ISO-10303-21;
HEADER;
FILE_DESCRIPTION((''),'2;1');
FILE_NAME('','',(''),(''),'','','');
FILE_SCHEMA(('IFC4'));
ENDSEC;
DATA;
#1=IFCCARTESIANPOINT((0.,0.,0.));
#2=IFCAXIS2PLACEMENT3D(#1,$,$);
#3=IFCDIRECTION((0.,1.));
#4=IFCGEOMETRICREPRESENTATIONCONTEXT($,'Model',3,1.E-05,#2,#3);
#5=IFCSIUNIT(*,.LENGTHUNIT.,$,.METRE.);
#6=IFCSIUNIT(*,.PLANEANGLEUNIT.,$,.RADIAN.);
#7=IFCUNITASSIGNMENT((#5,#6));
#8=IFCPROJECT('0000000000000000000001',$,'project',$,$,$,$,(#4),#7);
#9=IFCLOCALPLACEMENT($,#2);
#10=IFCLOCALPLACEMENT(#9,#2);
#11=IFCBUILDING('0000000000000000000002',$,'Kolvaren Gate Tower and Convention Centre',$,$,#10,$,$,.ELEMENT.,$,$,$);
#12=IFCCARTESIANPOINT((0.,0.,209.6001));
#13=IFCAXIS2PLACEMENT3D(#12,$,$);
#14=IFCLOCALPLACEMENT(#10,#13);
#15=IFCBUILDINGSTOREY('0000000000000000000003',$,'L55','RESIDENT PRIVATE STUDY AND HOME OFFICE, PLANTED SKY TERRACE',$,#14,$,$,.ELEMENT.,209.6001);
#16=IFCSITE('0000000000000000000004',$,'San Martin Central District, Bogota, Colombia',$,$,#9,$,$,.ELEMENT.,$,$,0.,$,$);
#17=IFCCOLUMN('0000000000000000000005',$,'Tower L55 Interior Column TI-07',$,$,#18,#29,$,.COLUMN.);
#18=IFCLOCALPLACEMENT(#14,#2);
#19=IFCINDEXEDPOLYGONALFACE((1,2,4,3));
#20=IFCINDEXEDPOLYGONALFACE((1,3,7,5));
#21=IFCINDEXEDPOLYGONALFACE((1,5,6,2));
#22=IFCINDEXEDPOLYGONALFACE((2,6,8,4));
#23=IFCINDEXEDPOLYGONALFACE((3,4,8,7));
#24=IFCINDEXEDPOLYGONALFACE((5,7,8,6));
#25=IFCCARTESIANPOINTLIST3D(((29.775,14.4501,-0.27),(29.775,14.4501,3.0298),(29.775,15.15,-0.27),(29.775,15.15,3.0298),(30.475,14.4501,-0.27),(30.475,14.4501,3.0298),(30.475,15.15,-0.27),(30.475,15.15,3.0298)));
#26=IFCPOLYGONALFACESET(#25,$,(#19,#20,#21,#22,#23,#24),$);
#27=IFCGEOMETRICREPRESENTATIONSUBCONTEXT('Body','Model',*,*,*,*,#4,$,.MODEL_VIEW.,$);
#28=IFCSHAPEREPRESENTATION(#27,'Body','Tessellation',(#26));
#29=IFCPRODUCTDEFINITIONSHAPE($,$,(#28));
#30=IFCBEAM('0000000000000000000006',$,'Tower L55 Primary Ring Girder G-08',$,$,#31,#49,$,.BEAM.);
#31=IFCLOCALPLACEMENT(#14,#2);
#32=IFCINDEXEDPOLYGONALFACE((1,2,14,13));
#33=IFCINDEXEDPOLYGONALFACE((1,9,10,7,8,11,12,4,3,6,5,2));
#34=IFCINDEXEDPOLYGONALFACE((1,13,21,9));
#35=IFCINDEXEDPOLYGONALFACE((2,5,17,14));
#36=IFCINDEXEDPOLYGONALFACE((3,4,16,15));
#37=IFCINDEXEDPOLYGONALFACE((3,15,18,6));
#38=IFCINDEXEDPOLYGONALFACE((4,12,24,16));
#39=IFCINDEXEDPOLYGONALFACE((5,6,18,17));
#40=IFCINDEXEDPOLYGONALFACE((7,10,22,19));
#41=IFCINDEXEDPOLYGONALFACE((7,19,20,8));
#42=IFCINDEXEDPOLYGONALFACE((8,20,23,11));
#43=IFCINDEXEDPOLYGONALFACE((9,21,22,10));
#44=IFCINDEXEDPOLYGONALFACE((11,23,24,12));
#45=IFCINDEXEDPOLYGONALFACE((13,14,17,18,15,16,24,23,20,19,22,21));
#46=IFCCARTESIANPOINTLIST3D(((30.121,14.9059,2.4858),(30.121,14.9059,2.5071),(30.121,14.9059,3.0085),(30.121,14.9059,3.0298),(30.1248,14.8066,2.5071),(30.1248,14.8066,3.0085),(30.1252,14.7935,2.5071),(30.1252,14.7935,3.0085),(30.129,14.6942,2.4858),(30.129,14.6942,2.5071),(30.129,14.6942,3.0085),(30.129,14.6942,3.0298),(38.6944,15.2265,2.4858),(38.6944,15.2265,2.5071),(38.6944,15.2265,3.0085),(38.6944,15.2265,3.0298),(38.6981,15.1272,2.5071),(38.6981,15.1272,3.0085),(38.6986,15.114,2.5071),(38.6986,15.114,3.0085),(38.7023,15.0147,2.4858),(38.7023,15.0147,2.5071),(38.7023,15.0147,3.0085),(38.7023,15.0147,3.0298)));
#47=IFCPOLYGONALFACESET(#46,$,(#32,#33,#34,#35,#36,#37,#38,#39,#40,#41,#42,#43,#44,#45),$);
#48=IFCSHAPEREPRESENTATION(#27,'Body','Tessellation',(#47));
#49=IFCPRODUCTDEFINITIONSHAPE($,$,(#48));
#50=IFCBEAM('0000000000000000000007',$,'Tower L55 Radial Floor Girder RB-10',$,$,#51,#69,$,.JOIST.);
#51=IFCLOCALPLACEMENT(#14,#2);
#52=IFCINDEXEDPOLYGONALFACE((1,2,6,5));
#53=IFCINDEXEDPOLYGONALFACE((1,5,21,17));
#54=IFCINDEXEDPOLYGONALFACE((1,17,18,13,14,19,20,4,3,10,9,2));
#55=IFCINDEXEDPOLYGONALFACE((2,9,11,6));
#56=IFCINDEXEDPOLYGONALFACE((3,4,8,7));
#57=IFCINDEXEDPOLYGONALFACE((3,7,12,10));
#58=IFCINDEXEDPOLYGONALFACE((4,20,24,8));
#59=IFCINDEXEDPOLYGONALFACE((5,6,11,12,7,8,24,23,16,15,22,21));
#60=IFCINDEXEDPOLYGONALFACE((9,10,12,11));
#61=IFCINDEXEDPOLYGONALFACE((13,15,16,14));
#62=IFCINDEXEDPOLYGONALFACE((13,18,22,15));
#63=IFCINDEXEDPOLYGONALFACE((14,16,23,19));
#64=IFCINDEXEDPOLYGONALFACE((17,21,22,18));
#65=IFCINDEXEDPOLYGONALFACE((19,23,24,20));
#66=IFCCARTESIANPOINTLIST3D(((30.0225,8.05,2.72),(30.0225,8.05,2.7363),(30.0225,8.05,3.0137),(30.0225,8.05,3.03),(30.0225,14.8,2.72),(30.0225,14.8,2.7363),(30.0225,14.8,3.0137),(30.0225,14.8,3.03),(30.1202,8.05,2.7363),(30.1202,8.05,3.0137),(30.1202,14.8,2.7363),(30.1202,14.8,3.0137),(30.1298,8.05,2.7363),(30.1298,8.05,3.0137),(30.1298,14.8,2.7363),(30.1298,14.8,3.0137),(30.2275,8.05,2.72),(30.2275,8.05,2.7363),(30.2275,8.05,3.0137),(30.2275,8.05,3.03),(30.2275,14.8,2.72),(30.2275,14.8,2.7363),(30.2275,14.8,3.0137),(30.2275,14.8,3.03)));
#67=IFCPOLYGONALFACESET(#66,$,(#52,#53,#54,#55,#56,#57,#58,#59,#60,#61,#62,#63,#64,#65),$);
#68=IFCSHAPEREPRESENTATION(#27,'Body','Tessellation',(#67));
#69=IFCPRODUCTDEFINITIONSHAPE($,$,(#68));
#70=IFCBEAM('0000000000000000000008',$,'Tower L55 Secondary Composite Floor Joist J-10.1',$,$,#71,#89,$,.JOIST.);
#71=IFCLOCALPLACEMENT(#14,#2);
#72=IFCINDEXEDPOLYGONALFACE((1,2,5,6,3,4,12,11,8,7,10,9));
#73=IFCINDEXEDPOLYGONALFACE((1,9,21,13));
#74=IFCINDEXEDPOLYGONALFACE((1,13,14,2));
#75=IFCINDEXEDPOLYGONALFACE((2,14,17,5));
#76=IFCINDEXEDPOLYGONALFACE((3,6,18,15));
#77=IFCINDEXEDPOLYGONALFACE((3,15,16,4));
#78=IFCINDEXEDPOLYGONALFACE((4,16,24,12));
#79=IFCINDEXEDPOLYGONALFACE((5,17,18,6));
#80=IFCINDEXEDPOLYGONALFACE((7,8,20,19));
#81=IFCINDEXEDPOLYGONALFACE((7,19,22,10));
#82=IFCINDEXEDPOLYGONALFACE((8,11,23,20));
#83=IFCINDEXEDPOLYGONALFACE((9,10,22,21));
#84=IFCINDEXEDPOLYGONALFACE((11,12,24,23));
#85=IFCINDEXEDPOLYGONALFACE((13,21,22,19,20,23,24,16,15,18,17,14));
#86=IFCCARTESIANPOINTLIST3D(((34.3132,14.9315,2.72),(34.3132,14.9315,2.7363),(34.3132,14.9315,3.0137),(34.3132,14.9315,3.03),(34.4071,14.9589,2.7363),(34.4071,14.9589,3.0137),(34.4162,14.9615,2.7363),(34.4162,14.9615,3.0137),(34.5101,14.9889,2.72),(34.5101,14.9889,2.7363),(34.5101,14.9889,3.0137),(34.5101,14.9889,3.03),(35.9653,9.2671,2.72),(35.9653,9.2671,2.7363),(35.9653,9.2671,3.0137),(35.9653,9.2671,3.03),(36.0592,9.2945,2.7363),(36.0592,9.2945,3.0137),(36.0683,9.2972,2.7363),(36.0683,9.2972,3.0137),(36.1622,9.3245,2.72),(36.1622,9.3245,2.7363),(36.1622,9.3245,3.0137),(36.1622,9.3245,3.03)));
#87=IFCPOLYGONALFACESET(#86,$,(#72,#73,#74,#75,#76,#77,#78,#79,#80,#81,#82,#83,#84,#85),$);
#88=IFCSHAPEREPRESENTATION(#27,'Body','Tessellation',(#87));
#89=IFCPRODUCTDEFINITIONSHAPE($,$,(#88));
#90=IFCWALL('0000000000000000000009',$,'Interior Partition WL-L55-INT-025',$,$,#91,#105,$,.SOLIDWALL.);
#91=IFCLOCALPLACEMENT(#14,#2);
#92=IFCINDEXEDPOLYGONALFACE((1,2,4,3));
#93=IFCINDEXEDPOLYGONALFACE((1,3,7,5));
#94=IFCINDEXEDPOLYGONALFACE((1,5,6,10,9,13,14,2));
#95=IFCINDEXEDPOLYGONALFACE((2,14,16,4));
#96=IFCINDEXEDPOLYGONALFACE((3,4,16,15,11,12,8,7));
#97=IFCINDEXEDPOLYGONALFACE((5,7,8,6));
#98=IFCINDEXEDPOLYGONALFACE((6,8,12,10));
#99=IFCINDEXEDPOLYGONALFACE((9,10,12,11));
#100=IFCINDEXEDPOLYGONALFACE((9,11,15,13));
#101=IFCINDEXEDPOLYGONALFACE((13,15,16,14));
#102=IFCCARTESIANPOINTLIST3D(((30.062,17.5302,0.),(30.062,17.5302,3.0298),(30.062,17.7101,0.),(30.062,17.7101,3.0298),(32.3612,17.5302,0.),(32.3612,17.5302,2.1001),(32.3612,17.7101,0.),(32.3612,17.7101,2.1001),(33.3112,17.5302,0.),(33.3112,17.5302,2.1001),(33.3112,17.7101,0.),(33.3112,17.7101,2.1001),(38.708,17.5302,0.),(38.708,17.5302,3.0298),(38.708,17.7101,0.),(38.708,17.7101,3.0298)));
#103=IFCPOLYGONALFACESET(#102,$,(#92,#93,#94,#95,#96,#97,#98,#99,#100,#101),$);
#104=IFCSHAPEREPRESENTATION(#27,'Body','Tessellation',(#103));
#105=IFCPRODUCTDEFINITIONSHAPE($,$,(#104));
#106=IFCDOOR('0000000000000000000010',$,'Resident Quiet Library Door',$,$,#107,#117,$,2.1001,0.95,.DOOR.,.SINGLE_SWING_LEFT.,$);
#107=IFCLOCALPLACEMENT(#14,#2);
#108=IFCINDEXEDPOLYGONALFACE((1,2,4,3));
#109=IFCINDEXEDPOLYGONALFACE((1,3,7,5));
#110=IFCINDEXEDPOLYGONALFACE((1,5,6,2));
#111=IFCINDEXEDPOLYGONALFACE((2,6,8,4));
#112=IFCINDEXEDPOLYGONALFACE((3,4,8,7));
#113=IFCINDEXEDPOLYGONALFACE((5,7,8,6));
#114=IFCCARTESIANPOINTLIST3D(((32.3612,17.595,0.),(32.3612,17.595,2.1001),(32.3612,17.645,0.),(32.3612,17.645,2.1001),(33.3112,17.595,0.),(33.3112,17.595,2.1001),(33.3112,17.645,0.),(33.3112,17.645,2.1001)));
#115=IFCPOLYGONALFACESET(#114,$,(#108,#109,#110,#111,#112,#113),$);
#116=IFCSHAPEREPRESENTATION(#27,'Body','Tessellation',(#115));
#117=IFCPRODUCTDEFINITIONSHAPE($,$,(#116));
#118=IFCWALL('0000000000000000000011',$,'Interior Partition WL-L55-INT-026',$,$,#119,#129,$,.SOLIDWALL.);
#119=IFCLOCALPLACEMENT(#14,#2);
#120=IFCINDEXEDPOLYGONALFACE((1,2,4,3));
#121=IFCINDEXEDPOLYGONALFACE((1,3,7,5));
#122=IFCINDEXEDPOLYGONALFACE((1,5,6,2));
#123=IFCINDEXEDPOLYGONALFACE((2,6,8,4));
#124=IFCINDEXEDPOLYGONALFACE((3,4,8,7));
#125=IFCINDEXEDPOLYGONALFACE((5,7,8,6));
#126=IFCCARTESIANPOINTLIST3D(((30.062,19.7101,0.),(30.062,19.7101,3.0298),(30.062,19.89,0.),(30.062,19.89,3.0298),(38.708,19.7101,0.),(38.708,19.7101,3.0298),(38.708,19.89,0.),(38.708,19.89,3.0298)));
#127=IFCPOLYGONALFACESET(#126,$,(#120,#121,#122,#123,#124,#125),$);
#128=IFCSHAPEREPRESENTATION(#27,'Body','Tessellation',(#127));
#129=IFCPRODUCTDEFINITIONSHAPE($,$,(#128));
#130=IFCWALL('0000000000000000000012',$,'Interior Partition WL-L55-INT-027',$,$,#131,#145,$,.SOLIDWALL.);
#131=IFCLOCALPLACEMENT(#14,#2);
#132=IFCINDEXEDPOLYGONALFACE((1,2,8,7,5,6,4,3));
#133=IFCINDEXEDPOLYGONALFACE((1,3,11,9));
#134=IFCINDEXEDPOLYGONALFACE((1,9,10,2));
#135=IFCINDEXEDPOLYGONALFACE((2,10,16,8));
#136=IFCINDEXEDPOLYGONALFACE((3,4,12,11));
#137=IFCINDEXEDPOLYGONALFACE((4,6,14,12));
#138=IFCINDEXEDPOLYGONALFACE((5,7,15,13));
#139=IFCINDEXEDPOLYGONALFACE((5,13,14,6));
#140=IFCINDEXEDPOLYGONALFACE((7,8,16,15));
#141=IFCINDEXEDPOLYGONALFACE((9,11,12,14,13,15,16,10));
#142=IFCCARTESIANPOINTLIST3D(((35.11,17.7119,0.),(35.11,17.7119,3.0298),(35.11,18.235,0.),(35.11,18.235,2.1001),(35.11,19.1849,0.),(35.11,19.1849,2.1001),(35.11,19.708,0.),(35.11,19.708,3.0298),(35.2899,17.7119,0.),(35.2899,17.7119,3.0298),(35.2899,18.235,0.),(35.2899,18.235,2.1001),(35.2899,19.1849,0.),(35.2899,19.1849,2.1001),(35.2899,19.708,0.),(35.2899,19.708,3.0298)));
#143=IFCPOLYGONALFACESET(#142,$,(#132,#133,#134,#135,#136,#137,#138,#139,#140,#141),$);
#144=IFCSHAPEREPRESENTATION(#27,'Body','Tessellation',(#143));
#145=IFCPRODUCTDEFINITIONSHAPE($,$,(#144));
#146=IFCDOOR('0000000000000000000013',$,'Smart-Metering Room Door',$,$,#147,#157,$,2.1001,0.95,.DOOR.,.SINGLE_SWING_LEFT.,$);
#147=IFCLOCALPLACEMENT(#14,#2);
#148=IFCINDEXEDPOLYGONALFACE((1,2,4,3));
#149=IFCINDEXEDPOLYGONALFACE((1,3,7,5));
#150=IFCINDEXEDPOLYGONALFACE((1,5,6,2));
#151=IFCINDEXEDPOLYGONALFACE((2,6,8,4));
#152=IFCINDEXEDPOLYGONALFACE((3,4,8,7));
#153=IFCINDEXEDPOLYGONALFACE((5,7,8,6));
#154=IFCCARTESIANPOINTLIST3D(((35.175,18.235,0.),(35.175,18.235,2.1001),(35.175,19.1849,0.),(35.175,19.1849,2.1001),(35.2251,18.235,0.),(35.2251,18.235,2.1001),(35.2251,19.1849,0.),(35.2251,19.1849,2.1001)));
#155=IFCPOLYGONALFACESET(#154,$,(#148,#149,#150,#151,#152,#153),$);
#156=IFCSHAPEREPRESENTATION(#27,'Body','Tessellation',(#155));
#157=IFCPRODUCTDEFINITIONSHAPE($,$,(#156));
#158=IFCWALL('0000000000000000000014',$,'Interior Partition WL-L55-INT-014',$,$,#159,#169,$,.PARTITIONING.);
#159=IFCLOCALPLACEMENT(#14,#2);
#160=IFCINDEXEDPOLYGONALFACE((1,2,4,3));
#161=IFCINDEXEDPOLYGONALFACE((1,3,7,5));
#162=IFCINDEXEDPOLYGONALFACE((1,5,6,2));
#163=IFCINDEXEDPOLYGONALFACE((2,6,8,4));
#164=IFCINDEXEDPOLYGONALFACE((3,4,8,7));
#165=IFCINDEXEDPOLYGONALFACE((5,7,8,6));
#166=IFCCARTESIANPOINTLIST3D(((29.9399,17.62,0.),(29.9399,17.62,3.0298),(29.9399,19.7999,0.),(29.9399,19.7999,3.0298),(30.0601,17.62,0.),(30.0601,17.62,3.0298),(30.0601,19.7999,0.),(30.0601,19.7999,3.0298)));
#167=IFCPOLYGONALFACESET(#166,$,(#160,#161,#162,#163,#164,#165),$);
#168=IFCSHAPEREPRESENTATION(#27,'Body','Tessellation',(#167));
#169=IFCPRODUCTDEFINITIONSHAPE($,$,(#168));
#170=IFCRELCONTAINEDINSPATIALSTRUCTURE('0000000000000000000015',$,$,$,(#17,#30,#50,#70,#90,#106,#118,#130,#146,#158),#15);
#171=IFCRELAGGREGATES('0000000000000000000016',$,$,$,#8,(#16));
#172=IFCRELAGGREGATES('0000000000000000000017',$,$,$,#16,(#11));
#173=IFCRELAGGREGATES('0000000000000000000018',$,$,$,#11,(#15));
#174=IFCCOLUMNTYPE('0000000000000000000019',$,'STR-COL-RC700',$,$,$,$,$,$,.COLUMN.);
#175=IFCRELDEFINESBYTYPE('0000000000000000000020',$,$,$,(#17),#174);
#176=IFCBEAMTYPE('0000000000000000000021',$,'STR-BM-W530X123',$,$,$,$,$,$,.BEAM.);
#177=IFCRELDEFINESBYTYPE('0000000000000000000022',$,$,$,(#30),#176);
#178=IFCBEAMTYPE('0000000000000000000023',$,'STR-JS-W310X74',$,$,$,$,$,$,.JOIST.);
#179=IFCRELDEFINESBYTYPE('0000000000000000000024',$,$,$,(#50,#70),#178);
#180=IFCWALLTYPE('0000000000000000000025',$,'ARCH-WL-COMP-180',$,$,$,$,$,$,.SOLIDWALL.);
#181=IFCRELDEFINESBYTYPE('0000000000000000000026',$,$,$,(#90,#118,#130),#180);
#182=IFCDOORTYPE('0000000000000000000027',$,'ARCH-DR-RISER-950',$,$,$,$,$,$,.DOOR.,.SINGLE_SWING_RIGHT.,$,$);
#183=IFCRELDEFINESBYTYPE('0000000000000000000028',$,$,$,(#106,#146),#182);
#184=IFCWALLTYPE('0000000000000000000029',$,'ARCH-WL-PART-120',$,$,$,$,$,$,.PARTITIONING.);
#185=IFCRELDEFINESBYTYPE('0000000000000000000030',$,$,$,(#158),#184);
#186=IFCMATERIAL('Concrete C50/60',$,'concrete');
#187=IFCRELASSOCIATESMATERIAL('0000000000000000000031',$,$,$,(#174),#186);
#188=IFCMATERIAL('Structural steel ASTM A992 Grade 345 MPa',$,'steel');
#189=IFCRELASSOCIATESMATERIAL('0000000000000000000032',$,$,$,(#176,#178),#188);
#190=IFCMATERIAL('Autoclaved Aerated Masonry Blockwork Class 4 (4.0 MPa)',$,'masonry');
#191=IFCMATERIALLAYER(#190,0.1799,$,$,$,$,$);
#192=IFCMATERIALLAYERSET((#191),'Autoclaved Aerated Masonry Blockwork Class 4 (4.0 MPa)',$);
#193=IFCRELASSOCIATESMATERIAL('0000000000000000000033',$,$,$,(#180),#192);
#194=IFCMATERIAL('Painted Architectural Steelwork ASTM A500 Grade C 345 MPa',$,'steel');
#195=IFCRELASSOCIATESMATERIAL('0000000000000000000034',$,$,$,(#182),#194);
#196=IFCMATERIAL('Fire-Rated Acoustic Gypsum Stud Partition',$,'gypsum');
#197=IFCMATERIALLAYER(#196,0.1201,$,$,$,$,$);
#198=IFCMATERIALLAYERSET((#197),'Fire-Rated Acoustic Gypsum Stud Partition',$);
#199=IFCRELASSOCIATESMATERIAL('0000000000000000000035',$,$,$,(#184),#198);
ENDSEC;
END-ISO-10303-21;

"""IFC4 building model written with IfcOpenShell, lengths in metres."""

from ifc_helpers import new_model, si_unit, direction, frame, frame_2d, origin, origin_2d, place, context, subcontext, project, spatial, rectangle, i_section, extrude, material, layer, layer_set, material_profile, profile_set, type_object, element, fill, save


model = new_model("IFC4")

# Units and contexts
model_context = context("Model", 3, precision=1e-05, world=origin(), true_north=direction((0.0, 1.0)))
body_context = subcontext(model_context, "Body", "Model", "MODEL_VIEW")
ifc_project = project(units=[si_unit("LENGTHUNIT", "METRE"), si_unit("PLANEANGLEUNIT", "RADIAN")], contexts=[model_context])

# Site, building, storey
site_placement = place(None, origin())
site = spatial("IfcSite", under=ifc_project, at=site_placement, Name="San Martin Central District, Bogota, Colombia", CompositionType="ELEMENT", RefElevation=0.0)
building_placement = place(site_placement, origin())
building = spatial("IfcBuilding", under=site, at=building_placement, Name="Kolvaren Gate Tower and Convention Centre", CompositionType="ELEMENT")
storey_placement = place(building_placement, frame((0.0, 0.0, 209.6001)))
storey = spatial("IfcBuildingStorey", under=building, at=storey_placement, Name="L55", Description="RESIDENT PRIVATE STUDY AND HOME OFFICE, PLANTED SKY TERRACE", CompositionType="ELEMENT", Elevation=209.6001)

# Column
ifc_material_1 = material(Name="Concrete C50/60", Category="concrete")
ifc_material_profile_1 = material_profile(ifc_material_1, rectangle(XDim=0.7, YDim=0.7, at=origin_2d()), Name="RC-COL-700X700")
ifc_profile_set_1 = profile_set([ifc_material_profile_1], Name="Concrete C50/60")
column_type = type_object("IfcColumnType", Name="STR-COL-RC700", PredefinedType="COLUMN", material=ifc_profile_set_1)
column_placement = place(storey_placement, frame((30.125, 14.8, -0.27), z_axis=(0.0, 0.0, 1.0), x_axis=(1.0, 0.0, 0.0)))
element("IfcColumn", 1, at=column_placement, inside=storey, type_object=column_type, Name="Tower L55 Interior Column TI-07", PredefinedType="COLUMN", context=body_context, shape_type="SweptSolid", body=[
    extrude(rectangle(XDim=0.7, YDim=0.7, at=origin_2d()), origin(), (0.0, 0.0, 1.0), 3.2998),
])

# Beams
ifc_material_2 = material(Name="Structural steel ASTM A992 Grade 345 MPa", Category="steel")
ifc_material_profile_2 = material_profile(ifc_material_2, i_section(OverallWidth=0.2119, OverallDepth=0.5439, WebThickness=0.0132, FlangeThickness=0.0212, at=origin_2d()), Name="W530X123")
ifc_profile_set_2 = profile_set([ifc_material_profile_2], Name="Structural steel ASTM A992 Grade 345 MPa")
beam_type_1 = type_object("IfcBeamType", Name="STR-BM-W530X123", PredefinedType="BEAM", material=ifc_profile_set_2)
beam_1_placement = place(storey_placement, frame((30.125, 14.8, 2.7578), z_axis=(0.999302, 0.037364, 0.0), x_axis=(-0.037364, 0.999302, 0.0)))
element("IfcBeam", 2, at=beam_1_placement, inside=storey, type_object=beam_type_1, Name="Tower L55 Primary Ring Girder G-08", PredefinedType="BEAM", context=body_context, shape_type="SweptSolid", body=[
    extrude(i_section(OverallWidth=0.2119, OverallDepth=0.5439, WebThickness=0.0132, FlangeThickness=0.0212, at=origin_2d()), origin(), (0.0, 0.0, 1.0), 8.5793),
])
ifc_material_profile_3 = material_profile(ifc_material_2, i_section(OverallWidth=0.2051, OverallDepth=0.3101, WebThickness=0.0095, FlangeThickness=0.0164, at=origin_2d()), Name="W310X74")
ifc_profile_set_3 = profile_set([ifc_material_profile_3], Name="Structural steel ASTM A992 Grade 345 MPa")
beam_type_2 = type_object("IfcBeamType", Name="STR-JS-W310X74", PredefinedType="JOIST", material=ifc_profile_set_3)
beam_2_placement = place(storey_placement, frame((30.125, 14.8, 2.875), z_axis=(0.0, -1.0, 0.0), x_axis=(1.0, 0.0, 0.0)))
element("IfcBeam", 3, at=beam_2_placement, inside=storey, type_object=beam_type_2, Name="Tower L55 Radial Floor Girder RB-10", PredefinedType="JOIST", context=body_context, shape_type="SweptSolid", body=[
    extrude(i_section(OverallWidth=0.2051, OverallDepth=0.3101, WebThickness=0.0095, FlangeThickness=0.0164, at=origin_2d()), origin(), (0.0, 0.0, 1.0), 6.75),
])
beam_3_placement = place(storey_placement, frame((34.4116, 14.9602, 2.875), z_axis=(0.280002, -0.96, 0.0), x_axis=(0.96, 0.280002, 0.0)))
element("IfcBeam", 4, at=beam_3_placement, inside=storey, type_object=beam_type_2, Name="Tower L55 Secondary Composite Floor Joist J-10.1", PredefinedType="JOIST", context=body_context, shape_type="SweptSolid", body=[
    extrude(i_section(OverallWidth=0.2051, OverallDepth=0.3101, WebThickness=0.0095, FlangeThickness=0.0164, at=origin_2d()), origin(), (0.0, 0.0, 1.0), 5.9004),
])

# Wall, opening, door
ifc_material_3 = material(Name="Autoclaved Aerated Masonry Blockwork Class 4 (4.0 MPa)", Category="masonry")
ifc_layer_1 = layer(ifc_material_3, 0.1799)
ifc_layer_set_1 = layer_set([ifc_layer_1], Name="Autoclaved Aerated Masonry Blockwork Class 4 (4.0 MPa)")
wall_type_1 = type_object("IfcWallType", Name="ARCH-WL-COMP-180", PredefinedType="SOLIDWALL", material=ifc_layer_set_1)
wall_1_placement = place(storey_placement, frame((30.062, 17.6201, 0.0), z_axis=(0.0, 0.0, 1.0), x_axis=(1.0, 0.0, 0.0)))
wall_1 = element("IfcWall", 5, at=wall_1_placement, inside=storey, type_object=wall_type_1, Name="Interior Partition WL-L55-INT-025", PredefinedType="SOLIDWALL", context=body_context, shape_type="SweptSolid", body=[
    extrude(rectangle(XDim=8.646, YDim=0.1799, at=frame_2d((4.323, 0.0))), origin(), (0.0, 0.0, 1.0), 3.0298),
])
opening_1_placement = place(wall_1_placement, frame((2.2991, 0.0, 0.0)))
opening_1 = element("IfcOpeningElement", 6, at=opening_1_placement, cuts=wall_1, PredefinedType="OPENING", context=body_context, shape_type="SweptSolid", body=[
    extrude(rectangle(XDim=0.95, YDim=2.1001, at=frame_2d((0.4751, 1.05))), frame((0.0, 0.0999, 0.0), z_axis=(0.0, -1.0, 0.0), x_axis=(1.0, 0.0, 0.0)), (0.0, 0.0, 1.0), 0.2),
])
ifc_material_4 = material(Name="Painted Architectural Steelwork ASTM A500 Grade C 345 MPa", Category="steel")
door_type_1 = type_object("IfcDoorType", Name="ARCH-DR-RISER-950", OperationType="SINGLE_SWING_RIGHT", PredefinedType="DOOR", material=ifc_material_4)
door_1_placement = place(opening_1_placement, origin())
door_1 = element("IfcDoor", 7, at=door_1_placement, inside=storey, type_object=door_type_1, Name="Resident Quiet Library Door", OperationType="SINGLE_SWING_LEFT", OverallHeight=2.1001, OverallWidth=0.95, PredefinedType="DOOR", context=body_context, shape_type="SweptSolid", body=[
    extrude(rectangle(XDim=0.95, YDim=2.1001, at=frame_2d((0.4751, 1.05))), frame((0.0, 0.0249, 0.0), z_axis=(0.0, -1.0, 0.0), x_axis=(1.0, 0.0, 0.0)), (0.0, 0.0, 1.0), 0.05),
])
fill(opening_1, door_1)

# Wall
wall_2_placement = place(storey_placement, frame((30.062, 19.8, 0.0), z_axis=(0.0, 0.0, 1.0), x_axis=(1.0, 0.0, 0.0)))
element("IfcWall", 8, at=wall_2_placement, inside=storey, type_object=wall_type_1, Name="Interior Partition WL-L55-INT-026", PredefinedType="SOLIDWALL", context=body_context, shape_type="SweptSolid", body=[
    extrude(rectangle(XDim=8.646, YDim=0.1799, at=frame_2d((4.323, 0.0))), origin(), (0.0, 0.0, 1.0), 3.0298),
])

# Wall, opening, door
wall_3_placement = place(storey_placement, frame((35.2, 17.7119, 0.0), z_axis=(0.0, 0.0, 1.0), x_axis=(0.0, 1.0, 0.0)))
wall_3 = element("IfcWall", 9, at=wall_3_placement, inside=storey, type_object=wall_type_1, Name="Interior Partition WL-L55-INT-027", PredefinedType="SOLIDWALL", context=body_context, shape_type="SweptSolid", body=[
    extrude(rectangle(XDim=1.9961, YDim=0.1799, at=frame_2d((0.998, 0.0))), origin(), (0.0, 0.0, 1.0), 3.0298),
])
opening_2_placement = place(wall_3_placement, frame((0.5229, 0.0, 0.0)))
opening_2 = element("IfcOpeningElement", 10, at=opening_2_placement, cuts=wall_3, PredefinedType="OPENING", context=body_context, shape_type="SweptSolid", body=[
    extrude(rectangle(XDim=0.95, YDim=2.1001, at=frame_2d((0.4751, 1.05))), frame((0.0, 0.0999, 0.0), z_axis=(0.0, -1.0, 0.0), x_axis=(1.0, 0.0, 0.0)), (0.0, 0.0, 1.0), 0.2),
])
door_2_placement = place(opening_2_placement, origin())
door_2 = element("IfcDoor", 11, at=door_2_placement, inside=storey, type_object=door_type_1, Name="Smart-Metering Room Door", OperationType="SINGLE_SWING_LEFT", OverallHeight=2.1001, OverallWidth=0.95, PredefinedType="DOOR", context=body_context, shape_type="SweptSolid", body=[
    extrude(rectangle(XDim=0.95, YDim=2.1001, at=frame_2d((0.4751, 1.05))), frame((0.0, 0.0249, 0.0), z_axis=(0.0, -1.0, 0.0), x_axis=(1.0, 0.0, 0.0)), (0.0, 0.0, 1.0), 0.05),
])
fill(opening_2, door_2)

# Wall
ifc_material_5 = material(Name="Fire-Rated Acoustic Gypsum Stud Partition", Category="gypsum")
ifc_layer_2 = layer(ifc_material_5, 0.1201)
ifc_layer_set_2 = layer_set([ifc_layer_2], Name="Fire-Rated Acoustic Gypsum Stud Partition")
wall_type_2 = type_object("IfcWallType", Name="ARCH-WL-PART-120", PredefinedType="PARTITIONING", material=ifc_layer_set_2)
wall_4_placement = place(storey_placement, frame((30.0, 17.6201, 0.0), z_axis=(0.0, 0.0, 1.0), x_axis=(0.0, 1.0, 0.0)))
element("IfcWall", 12, at=wall_4_placement, inside=storey, type_object=wall_type_2, Name="Interior Partition WL-L55-INT-014", PredefinedType="PARTITIONING", context=body_context, shape_type="SweptSolid", body=[
    extrude(rectangle(XDim=2.1799, YDim=0.1201, at=frame_2d((1.0898, 0.0))), origin(), (0.0, 0.0, 1.0), 3.0298),
])

save(model, "model.ifc")
